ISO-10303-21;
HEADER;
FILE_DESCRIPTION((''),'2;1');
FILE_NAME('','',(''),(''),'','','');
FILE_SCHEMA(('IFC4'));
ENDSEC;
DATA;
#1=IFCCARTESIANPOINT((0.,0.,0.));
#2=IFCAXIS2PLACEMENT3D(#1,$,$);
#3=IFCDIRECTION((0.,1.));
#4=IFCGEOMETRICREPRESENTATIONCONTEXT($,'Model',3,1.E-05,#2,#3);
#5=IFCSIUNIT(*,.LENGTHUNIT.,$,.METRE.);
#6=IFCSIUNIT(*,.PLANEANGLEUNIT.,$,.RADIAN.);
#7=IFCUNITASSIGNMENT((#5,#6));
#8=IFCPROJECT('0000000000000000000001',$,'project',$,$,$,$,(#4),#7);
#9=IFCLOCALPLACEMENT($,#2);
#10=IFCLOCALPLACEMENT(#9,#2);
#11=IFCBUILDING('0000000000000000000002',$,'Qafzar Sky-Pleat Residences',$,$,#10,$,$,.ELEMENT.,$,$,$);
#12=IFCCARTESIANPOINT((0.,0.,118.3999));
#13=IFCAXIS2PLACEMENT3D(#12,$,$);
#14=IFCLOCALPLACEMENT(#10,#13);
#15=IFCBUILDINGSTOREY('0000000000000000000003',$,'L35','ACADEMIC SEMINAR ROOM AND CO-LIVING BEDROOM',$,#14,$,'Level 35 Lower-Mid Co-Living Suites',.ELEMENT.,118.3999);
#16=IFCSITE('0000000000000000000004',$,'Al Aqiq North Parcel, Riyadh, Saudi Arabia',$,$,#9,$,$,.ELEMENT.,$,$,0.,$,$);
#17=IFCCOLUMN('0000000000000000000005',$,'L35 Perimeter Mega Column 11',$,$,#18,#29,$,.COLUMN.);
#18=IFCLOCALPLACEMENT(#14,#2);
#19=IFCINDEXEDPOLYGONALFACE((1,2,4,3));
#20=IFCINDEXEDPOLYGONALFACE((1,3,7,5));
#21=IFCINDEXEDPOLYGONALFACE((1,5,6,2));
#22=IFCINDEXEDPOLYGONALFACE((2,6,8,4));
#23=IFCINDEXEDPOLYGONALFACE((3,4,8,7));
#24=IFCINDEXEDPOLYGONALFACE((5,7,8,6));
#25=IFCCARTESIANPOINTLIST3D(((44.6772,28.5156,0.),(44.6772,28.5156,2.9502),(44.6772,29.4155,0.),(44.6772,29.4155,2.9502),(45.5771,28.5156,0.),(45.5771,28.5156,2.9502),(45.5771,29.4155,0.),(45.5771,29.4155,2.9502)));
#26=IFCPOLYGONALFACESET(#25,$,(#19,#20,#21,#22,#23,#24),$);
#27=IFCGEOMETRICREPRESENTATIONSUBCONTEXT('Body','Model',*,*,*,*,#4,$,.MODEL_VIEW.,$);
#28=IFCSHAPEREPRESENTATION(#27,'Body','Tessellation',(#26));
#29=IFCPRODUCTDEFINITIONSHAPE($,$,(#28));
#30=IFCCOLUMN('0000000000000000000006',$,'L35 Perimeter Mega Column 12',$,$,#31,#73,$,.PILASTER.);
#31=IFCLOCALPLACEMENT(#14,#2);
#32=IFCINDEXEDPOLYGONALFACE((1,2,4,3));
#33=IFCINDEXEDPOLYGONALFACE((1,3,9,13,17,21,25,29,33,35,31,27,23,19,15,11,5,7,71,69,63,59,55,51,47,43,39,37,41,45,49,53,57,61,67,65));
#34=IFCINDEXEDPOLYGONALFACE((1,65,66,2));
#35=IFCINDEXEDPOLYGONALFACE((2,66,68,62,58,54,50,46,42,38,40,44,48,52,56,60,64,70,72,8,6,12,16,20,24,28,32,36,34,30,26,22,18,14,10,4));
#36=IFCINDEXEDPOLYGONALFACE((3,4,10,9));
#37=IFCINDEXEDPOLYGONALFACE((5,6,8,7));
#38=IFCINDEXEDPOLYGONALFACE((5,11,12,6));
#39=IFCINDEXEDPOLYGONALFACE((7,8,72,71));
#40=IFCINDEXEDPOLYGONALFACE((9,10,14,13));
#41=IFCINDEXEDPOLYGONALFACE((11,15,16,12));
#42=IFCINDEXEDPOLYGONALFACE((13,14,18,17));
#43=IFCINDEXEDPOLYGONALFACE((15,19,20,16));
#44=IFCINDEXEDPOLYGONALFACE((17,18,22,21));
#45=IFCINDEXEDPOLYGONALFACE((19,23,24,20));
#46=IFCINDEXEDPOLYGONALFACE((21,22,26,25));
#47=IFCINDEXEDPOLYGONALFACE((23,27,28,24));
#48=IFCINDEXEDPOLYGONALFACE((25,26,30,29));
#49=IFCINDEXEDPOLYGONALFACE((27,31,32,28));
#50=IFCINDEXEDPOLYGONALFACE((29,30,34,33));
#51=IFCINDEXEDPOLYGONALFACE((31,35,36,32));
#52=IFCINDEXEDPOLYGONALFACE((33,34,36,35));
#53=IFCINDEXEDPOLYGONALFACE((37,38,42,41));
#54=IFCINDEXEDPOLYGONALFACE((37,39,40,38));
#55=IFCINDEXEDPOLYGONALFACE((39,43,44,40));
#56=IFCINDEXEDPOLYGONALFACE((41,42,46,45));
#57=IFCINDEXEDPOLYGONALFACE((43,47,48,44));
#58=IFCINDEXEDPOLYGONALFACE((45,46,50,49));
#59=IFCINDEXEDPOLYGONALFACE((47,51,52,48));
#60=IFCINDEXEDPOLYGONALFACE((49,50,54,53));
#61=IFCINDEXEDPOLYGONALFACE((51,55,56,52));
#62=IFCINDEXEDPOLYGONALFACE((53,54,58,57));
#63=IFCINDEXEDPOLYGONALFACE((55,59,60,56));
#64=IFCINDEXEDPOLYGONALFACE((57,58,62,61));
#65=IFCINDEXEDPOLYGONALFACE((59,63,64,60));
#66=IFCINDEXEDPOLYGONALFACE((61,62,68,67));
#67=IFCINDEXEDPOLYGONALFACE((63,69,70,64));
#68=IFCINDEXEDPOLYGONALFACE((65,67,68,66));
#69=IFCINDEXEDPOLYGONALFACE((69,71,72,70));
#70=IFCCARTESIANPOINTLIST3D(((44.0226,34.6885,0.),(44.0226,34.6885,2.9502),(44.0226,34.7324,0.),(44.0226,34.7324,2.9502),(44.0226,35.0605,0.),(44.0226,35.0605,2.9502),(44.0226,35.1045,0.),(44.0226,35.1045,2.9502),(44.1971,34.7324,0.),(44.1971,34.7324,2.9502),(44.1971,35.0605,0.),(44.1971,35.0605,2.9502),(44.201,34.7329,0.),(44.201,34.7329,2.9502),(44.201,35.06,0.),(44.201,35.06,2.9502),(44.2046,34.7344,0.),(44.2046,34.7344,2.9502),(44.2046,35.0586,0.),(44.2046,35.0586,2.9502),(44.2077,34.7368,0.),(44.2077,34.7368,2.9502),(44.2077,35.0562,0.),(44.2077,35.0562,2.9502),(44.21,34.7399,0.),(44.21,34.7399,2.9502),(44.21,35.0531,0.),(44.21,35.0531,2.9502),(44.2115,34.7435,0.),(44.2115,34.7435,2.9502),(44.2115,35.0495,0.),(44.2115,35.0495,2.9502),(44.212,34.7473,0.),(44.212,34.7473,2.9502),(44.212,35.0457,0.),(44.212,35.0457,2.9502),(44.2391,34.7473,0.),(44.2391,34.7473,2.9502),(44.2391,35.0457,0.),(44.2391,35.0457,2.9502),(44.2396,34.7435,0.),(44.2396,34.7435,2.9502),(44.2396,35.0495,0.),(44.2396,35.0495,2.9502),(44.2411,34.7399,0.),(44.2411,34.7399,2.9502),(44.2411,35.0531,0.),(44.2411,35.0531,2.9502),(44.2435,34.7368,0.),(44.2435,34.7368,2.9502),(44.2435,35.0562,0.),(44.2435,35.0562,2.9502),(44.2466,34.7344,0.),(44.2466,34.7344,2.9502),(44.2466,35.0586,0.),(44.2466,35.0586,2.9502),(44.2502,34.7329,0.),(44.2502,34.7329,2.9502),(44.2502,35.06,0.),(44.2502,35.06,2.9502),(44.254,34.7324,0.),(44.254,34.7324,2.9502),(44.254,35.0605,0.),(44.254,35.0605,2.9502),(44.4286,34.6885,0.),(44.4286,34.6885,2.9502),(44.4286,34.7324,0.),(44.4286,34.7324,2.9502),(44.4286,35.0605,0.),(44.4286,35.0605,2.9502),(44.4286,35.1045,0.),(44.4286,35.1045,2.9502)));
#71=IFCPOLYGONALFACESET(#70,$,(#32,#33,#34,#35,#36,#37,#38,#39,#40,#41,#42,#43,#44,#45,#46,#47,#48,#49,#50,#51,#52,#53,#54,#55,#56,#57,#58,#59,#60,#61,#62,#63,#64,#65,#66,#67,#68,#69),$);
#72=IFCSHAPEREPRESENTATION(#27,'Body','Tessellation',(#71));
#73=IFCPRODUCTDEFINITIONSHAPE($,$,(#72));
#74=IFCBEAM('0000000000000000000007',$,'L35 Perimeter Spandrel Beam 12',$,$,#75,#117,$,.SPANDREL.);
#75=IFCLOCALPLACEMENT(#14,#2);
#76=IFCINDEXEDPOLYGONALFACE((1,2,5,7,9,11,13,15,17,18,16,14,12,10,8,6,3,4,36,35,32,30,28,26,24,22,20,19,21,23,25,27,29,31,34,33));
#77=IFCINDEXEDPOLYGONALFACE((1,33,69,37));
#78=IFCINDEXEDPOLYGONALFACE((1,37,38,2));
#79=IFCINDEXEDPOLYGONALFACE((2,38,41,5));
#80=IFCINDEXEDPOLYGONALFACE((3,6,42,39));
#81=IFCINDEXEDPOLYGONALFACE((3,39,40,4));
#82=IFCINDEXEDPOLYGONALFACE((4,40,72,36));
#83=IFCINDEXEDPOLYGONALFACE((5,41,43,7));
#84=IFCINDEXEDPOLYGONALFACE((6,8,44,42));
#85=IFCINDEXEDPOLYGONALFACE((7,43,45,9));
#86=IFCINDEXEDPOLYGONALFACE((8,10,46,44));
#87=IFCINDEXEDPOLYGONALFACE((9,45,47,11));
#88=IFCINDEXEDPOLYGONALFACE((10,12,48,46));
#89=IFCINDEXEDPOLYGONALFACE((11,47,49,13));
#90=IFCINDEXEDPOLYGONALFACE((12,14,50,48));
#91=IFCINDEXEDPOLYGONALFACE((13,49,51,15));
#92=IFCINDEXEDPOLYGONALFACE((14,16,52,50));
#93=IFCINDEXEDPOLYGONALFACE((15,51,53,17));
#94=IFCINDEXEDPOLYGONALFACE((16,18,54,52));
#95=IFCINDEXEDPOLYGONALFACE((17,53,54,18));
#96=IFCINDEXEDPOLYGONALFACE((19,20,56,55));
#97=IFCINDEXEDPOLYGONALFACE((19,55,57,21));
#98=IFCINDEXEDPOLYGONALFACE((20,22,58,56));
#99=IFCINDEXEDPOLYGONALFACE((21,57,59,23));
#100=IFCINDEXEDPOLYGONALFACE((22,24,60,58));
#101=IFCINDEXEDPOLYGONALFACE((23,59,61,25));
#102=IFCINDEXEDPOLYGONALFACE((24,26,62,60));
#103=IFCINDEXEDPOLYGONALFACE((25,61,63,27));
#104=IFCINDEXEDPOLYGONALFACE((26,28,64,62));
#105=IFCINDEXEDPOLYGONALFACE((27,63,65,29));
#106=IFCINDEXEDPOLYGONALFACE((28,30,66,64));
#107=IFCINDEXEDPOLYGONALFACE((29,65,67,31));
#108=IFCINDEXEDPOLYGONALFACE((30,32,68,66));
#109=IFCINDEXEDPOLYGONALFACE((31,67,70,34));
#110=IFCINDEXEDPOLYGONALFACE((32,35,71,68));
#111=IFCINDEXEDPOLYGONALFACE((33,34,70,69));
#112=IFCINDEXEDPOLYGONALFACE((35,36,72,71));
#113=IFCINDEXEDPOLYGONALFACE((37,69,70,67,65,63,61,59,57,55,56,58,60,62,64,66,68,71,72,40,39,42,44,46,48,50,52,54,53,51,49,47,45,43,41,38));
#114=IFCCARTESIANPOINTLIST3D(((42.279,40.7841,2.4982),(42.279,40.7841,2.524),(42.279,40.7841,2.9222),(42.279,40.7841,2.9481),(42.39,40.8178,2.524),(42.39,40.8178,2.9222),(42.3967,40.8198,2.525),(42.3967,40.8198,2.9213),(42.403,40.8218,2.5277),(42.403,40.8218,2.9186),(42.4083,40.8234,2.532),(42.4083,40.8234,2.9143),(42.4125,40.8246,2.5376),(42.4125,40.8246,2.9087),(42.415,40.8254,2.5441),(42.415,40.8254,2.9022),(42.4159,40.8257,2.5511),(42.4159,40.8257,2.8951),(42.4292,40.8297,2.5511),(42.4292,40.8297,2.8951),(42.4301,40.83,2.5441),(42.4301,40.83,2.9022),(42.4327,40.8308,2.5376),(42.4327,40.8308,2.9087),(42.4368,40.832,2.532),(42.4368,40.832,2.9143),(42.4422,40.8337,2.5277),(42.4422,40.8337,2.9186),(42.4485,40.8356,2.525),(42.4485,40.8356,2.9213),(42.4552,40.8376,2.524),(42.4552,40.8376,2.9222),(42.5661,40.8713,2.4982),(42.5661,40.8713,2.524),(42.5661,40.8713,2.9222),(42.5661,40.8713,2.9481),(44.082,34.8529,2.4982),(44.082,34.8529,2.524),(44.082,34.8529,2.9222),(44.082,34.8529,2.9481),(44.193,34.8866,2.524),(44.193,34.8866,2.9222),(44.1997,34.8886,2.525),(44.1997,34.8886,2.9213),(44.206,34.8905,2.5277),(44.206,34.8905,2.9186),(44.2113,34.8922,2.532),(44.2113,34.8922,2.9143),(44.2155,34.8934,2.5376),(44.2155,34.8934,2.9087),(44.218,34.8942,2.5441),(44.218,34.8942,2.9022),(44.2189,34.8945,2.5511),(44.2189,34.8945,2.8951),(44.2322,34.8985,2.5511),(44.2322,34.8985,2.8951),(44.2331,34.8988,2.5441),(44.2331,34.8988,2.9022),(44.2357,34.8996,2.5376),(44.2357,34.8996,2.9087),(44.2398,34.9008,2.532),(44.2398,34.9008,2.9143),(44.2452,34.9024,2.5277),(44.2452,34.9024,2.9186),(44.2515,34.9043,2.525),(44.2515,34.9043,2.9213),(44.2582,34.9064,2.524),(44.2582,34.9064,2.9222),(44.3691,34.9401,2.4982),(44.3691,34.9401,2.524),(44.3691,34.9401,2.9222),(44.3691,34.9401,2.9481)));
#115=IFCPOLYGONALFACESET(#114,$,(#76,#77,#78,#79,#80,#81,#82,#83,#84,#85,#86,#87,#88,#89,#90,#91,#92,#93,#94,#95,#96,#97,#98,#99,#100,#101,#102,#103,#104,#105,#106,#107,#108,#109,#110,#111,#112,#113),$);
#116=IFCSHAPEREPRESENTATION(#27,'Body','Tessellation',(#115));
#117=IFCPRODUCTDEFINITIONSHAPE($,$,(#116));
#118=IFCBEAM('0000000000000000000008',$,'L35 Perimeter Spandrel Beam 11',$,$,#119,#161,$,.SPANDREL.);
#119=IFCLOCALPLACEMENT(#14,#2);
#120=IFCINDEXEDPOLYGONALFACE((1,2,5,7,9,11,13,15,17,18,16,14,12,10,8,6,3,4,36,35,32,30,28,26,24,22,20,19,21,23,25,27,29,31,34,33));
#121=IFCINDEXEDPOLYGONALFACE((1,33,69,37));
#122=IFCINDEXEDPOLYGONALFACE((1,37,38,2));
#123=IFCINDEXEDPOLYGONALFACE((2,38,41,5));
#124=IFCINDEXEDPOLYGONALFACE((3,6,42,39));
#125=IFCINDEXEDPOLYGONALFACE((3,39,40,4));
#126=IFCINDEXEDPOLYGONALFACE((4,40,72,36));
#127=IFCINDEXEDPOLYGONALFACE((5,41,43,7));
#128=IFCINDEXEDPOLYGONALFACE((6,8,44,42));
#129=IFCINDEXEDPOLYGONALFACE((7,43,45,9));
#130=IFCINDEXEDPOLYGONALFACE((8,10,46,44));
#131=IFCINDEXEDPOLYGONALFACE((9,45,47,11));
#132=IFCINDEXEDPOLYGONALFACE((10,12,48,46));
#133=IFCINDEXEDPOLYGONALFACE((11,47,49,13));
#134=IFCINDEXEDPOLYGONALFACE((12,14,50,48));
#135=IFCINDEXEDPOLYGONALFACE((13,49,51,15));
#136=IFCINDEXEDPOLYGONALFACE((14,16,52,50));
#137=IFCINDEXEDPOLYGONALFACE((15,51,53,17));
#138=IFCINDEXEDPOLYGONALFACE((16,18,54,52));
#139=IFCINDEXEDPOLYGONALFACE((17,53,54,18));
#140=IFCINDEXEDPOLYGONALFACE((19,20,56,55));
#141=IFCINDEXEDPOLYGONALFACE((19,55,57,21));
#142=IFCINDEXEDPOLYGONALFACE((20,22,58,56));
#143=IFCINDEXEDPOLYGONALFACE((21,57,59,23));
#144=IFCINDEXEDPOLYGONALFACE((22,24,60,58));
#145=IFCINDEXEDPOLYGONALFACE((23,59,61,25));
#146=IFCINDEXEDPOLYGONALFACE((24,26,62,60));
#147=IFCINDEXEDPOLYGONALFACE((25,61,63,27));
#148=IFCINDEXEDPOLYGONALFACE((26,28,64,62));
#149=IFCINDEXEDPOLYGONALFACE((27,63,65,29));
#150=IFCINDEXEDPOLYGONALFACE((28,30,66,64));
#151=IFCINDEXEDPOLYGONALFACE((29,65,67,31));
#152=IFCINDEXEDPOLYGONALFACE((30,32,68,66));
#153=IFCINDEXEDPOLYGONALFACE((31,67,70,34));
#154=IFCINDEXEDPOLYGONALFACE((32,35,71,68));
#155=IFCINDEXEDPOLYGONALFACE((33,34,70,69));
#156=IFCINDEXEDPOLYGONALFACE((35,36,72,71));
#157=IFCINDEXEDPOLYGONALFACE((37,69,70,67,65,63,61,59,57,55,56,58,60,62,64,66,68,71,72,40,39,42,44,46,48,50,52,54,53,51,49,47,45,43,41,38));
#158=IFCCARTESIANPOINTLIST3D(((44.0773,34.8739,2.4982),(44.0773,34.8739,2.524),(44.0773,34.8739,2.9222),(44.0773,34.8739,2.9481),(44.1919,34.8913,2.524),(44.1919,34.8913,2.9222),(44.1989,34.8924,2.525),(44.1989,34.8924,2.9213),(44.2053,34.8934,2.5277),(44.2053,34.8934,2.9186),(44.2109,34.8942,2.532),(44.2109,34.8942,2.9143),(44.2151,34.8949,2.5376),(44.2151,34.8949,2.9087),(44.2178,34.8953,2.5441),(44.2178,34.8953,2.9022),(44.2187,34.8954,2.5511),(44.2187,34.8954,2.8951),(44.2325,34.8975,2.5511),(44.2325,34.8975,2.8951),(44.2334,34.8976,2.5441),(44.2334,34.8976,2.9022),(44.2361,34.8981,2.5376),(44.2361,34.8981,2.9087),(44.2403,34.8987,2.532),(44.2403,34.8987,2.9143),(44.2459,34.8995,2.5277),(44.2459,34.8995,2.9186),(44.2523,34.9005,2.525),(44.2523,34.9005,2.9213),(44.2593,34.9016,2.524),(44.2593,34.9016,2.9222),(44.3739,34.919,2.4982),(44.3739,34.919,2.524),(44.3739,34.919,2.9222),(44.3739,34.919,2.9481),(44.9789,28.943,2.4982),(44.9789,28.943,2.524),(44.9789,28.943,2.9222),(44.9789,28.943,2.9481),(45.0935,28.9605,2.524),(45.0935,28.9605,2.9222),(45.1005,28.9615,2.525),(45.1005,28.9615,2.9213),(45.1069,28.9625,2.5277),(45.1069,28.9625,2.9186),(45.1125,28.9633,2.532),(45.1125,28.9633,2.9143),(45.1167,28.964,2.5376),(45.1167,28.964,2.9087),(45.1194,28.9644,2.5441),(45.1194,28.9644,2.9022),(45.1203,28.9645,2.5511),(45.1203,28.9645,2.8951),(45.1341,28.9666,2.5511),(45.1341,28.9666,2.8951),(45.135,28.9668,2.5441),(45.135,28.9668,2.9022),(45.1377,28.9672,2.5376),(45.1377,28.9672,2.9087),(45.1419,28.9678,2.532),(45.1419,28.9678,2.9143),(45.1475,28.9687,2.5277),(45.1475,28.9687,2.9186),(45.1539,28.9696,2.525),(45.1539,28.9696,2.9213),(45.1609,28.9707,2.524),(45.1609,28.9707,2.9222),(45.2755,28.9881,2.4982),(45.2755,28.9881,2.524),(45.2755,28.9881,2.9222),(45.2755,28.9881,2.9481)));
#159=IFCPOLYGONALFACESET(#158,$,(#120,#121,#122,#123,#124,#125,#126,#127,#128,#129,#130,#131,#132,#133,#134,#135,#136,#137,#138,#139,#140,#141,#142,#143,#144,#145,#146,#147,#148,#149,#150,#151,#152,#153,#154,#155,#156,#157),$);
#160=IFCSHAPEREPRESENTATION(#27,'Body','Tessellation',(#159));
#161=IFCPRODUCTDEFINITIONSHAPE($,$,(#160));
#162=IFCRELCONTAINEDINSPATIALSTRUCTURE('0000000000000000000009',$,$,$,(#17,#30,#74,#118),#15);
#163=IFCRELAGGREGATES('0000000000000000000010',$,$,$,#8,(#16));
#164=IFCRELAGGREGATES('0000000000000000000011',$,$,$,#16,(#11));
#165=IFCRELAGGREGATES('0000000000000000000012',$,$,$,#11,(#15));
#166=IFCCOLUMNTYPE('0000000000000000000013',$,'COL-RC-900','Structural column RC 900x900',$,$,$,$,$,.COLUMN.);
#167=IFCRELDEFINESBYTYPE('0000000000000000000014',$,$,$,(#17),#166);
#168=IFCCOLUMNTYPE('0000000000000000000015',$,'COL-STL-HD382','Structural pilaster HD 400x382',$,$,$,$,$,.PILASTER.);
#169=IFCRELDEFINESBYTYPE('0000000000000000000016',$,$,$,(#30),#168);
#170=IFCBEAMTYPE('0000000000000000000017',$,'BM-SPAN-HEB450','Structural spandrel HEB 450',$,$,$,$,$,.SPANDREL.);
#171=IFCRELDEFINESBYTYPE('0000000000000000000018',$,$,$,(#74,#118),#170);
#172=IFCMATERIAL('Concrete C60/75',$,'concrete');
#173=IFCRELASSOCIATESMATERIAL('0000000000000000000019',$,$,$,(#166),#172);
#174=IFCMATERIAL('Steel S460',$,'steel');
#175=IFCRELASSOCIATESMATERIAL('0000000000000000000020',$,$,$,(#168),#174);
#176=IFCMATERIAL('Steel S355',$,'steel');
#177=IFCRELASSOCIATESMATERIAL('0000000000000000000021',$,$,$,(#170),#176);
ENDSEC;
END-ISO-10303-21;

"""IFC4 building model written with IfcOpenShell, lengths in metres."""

from ifc_helpers import new_model, si_unit, direction, frame, origin, origin_2d, place, context, subcontext, project, spatial, rectangle, i_section, extrude, source, transform, mapped, material, material_profile, profile_set, type_object, element, save


model = new_model("IFC4")

# Units and contexts
model_context = context("Model", 3, precision=1e-05, world=origin(), true_north=direction((0.0, 1.0)))
body_context = subcontext(model_context, "Body", "Model", "MODEL_VIEW")
ifc_project = project(units=[si_unit("LENGTHUNIT", "METRE"), si_unit("PLANEANGLEUNIT", "RADIAN")], contexts=[model_context])

# Site, building, storey
site_placement = place(None, origin())
site = spatial("IfcSite", under=ifc_project, at=site_placement, Name="Al Aqiq North Parcel, Riyadh, Saudi Arabia", CompositionType="ELEMENT", RefElevation=0.0)
building_placement = place(site_placement, origin())
building = spatial("IfcBuilding", under=site, at=building_placement, Name="Qafzar Sky-Pleat Residences", CompositionType="ELEMENT")
storey_placement = place(building_placement, frame((0.0, 0.0, 118.3999)))
storey = spatial("IfcBuildingStorey", under=building, at=storey_placement, Name="L35", Description="ACADEMIC SEMINAR ROOM AND CO-LIVING BEDROOM", LongName="Level 35 Lower-Mid Co-Living Suites", CompositionType="ELEMENT", Elevation=118.3999)

# Columns
ifc_material_1 = material(Name="Concrete C60/75", Category="concrete")
ifc_material_profile_1 = material_profile(ifc_material_1, rectangle(XDim=0.8999, YDim=0.8999, at=origin_2d()), Name="RC 900x900")
ifc_profile_set_1 = profile_set([ifc_material_profile_1], Name="Concrete C60/75")
column_type_1 = type_object("IfcColumnType", Name="COL-RC-900", Description="Structural column RC 900x900", PredefinedType="COLUMN", material=ifc_profile_set_1)
shared_shape_1 = source(origin(), body_context, "Body", "SweptSolid", [
    extrude(rectangle(XDim=0.8999, YDim=0.8999, at=origin_2d()), origin(), (0.0, 0.0, 1.0), 2.9502),
])
column_1_placement = place(storey_placement, frame((45.1272, 28.9656, 0.0), z_axis=(0.0, 0.0, 1.0), x_axis=(1.0, 0.0, 0.0)))
element("IfcColumn", 1, at=column_1_placement, inside=storey, type_object=column_type_1, Name="L35 Perimeter Mega Column 11", PredefinedType="COLUMN", context=body_context, shape_type="MappedRepresentation", body=[
    mapped(shared_shape_1, transform((0.0, 0.0, 0.0), x_axis=(1.0, 0.0, 0.0), y_axis=(0.0, 1.0, 0.0), z_axis=(0.0, 0.0, 1.0), scale=1.0)),
])
ifc_material_2 = material(Name="Steel S460", Category="steel")
ifc_material_profile_2 = material_profile(ifc_material_2, i_section(OverallWidth=0.406, OverallDepth=0.416, WebThickness=0.0271, FlangeThickness=0.0439, FilletRadius=0.0149, at=origin_2d()), Name="HD 400x382")
ifc_profile_set_2 = profile_set([ifc_material_profile_2], Name="Steel S460")
column_type_2 = type_object("IfcColumnType", Name="COL-STL-HD382", Description="Structural pilaster HD 400x382", PredefinedType="PILASTER", material=ifc_profile_set_2)
shared_shape_2 = source(origin(), body_context, "Body", "SweptSolid", [
    extrude(i_section(OverallWidth=0.406, OverallDepth=0.416, WebThickness=0.0271, FlangeThickness=0.0439, FilletRadius=0.0149, at=origin_2d()), origin(), (0.0, 0.0, 1.0), 2.9502),
])
column_2_placement = place(storey_placement, frame((44.2256, 34.8965, 0.0), z_axis=(0.0, 0.0, 1.0), x_axis=(1.0, 0.0, 0.0)))
element("IfcColumn", 2, at=column_2_placement, inside=storey, type_object=column_type_2, Name="L35 Perimeter Mega Column 12", PredefinedType="PILASTER", context=body_context, shape_type="MappedRepresentation", body=[
    mapped(shared_shape_2, transform((0.0, 0.0, 0.0), x_axis=(1.0, 0.0, 0.0), y_axis=(0.0, 1.0, 0.0), z_axis=(0.0, 0.0, 1.0), scale=1.0)),
])

# Beams
ifc_material_3 = material(Name="Steel S355", Category="steel")
ifc_material_profile_3 = material_profile(ifc_material_3, i_section(OverallWidth=0.3, OverallDepth=0.45, WebThickness=0.0139, FlangeThickness=0.0259, FilletRadius=0.0271, at=origin_2d()), Name="HEB 450")
ifc_profile_set_3 = profile_set([ifc_material_profile_3], Name="Steel S355")
beam_type_1 = type_object("IfcBeamType", Name="BM-SPAN-HEB450", Description="Structural spandrel HEB 450", PredefinedType="SPANDREL", material=ifc_profile_set_3)
shared_shape_3 = source(origin(), body_context, "Body", "SweptSolid", [
    extrude(i_section(OverallWidth=0.3, OverallDepth=0.45, WebThickness=0.0139, FlangeThickness=0.0259, FilletRadius=0.0271, at=origin_2d()), origin(), (0.0, 0.0, 1.0), 6.1992),
])
beam_1_placement = place(storey_placement, frame((44.2256, 34.8965, 2.7231), z_axis=(-0.290843, 0.956771, 0.0), x_axis=(-0.956771, -0.290843, 0.0)))
element("IfcBeam", 3, at=beam_1_placement, inside=storey, type_object=beam_type_1, Name="L35 Perimeter Spandrel Beam 12", PredefinedType="SPANDREL", context=body_context, shape_type="MappedRepresentation", body=[
    mapped(shared_shape_3, transform((0.0, 0.0, 0.0), x_axis=(1.0, 0.0, 0.0), y_axis=(0.0, 1.0, 0.0), z_axis=(0.0, 0.0, 1.0), scale=1.0)),
])
shared_shape_4 = source(origin(), body_context, "Body", "SweptSolid", [
    extrude(i_section(OverallWidth=0.3, OverallDepth=0.45, WebThickness=0.0139, FlangeThickness=0.0259, FilletRadius=0.0271, at=origin_2d()), origin(), (0.0, 0.0, 1.0), 5.999),
])
beam_2_placement = place(storey_placement, frame((45.1272, 28.9656, 2.7231), z_axis=(-0.150292, 0.988642, 0.0), x_axis=(-0.988642, -0.150292, 0.0)))
element("IfcBeam", 4, at=beam_2_placement, inside=storey, type_object=beam_type_1, Name="L35 Perimeter Spandrel Beam 11", PredefinedType="SPANDREL", context=body_context, shape_type="MappedRepresentation", body=[
    mapped(shared_shape_4, transform((0.0, 0.0, 0.0), x_axis=(1.0, 0.0, 0.0), y_axis=(0.0, 1.0, 0.0), z_axis=(0.0, 0.0, 1.0), scale=1.0)),
])

save(model, "model.ifc")
